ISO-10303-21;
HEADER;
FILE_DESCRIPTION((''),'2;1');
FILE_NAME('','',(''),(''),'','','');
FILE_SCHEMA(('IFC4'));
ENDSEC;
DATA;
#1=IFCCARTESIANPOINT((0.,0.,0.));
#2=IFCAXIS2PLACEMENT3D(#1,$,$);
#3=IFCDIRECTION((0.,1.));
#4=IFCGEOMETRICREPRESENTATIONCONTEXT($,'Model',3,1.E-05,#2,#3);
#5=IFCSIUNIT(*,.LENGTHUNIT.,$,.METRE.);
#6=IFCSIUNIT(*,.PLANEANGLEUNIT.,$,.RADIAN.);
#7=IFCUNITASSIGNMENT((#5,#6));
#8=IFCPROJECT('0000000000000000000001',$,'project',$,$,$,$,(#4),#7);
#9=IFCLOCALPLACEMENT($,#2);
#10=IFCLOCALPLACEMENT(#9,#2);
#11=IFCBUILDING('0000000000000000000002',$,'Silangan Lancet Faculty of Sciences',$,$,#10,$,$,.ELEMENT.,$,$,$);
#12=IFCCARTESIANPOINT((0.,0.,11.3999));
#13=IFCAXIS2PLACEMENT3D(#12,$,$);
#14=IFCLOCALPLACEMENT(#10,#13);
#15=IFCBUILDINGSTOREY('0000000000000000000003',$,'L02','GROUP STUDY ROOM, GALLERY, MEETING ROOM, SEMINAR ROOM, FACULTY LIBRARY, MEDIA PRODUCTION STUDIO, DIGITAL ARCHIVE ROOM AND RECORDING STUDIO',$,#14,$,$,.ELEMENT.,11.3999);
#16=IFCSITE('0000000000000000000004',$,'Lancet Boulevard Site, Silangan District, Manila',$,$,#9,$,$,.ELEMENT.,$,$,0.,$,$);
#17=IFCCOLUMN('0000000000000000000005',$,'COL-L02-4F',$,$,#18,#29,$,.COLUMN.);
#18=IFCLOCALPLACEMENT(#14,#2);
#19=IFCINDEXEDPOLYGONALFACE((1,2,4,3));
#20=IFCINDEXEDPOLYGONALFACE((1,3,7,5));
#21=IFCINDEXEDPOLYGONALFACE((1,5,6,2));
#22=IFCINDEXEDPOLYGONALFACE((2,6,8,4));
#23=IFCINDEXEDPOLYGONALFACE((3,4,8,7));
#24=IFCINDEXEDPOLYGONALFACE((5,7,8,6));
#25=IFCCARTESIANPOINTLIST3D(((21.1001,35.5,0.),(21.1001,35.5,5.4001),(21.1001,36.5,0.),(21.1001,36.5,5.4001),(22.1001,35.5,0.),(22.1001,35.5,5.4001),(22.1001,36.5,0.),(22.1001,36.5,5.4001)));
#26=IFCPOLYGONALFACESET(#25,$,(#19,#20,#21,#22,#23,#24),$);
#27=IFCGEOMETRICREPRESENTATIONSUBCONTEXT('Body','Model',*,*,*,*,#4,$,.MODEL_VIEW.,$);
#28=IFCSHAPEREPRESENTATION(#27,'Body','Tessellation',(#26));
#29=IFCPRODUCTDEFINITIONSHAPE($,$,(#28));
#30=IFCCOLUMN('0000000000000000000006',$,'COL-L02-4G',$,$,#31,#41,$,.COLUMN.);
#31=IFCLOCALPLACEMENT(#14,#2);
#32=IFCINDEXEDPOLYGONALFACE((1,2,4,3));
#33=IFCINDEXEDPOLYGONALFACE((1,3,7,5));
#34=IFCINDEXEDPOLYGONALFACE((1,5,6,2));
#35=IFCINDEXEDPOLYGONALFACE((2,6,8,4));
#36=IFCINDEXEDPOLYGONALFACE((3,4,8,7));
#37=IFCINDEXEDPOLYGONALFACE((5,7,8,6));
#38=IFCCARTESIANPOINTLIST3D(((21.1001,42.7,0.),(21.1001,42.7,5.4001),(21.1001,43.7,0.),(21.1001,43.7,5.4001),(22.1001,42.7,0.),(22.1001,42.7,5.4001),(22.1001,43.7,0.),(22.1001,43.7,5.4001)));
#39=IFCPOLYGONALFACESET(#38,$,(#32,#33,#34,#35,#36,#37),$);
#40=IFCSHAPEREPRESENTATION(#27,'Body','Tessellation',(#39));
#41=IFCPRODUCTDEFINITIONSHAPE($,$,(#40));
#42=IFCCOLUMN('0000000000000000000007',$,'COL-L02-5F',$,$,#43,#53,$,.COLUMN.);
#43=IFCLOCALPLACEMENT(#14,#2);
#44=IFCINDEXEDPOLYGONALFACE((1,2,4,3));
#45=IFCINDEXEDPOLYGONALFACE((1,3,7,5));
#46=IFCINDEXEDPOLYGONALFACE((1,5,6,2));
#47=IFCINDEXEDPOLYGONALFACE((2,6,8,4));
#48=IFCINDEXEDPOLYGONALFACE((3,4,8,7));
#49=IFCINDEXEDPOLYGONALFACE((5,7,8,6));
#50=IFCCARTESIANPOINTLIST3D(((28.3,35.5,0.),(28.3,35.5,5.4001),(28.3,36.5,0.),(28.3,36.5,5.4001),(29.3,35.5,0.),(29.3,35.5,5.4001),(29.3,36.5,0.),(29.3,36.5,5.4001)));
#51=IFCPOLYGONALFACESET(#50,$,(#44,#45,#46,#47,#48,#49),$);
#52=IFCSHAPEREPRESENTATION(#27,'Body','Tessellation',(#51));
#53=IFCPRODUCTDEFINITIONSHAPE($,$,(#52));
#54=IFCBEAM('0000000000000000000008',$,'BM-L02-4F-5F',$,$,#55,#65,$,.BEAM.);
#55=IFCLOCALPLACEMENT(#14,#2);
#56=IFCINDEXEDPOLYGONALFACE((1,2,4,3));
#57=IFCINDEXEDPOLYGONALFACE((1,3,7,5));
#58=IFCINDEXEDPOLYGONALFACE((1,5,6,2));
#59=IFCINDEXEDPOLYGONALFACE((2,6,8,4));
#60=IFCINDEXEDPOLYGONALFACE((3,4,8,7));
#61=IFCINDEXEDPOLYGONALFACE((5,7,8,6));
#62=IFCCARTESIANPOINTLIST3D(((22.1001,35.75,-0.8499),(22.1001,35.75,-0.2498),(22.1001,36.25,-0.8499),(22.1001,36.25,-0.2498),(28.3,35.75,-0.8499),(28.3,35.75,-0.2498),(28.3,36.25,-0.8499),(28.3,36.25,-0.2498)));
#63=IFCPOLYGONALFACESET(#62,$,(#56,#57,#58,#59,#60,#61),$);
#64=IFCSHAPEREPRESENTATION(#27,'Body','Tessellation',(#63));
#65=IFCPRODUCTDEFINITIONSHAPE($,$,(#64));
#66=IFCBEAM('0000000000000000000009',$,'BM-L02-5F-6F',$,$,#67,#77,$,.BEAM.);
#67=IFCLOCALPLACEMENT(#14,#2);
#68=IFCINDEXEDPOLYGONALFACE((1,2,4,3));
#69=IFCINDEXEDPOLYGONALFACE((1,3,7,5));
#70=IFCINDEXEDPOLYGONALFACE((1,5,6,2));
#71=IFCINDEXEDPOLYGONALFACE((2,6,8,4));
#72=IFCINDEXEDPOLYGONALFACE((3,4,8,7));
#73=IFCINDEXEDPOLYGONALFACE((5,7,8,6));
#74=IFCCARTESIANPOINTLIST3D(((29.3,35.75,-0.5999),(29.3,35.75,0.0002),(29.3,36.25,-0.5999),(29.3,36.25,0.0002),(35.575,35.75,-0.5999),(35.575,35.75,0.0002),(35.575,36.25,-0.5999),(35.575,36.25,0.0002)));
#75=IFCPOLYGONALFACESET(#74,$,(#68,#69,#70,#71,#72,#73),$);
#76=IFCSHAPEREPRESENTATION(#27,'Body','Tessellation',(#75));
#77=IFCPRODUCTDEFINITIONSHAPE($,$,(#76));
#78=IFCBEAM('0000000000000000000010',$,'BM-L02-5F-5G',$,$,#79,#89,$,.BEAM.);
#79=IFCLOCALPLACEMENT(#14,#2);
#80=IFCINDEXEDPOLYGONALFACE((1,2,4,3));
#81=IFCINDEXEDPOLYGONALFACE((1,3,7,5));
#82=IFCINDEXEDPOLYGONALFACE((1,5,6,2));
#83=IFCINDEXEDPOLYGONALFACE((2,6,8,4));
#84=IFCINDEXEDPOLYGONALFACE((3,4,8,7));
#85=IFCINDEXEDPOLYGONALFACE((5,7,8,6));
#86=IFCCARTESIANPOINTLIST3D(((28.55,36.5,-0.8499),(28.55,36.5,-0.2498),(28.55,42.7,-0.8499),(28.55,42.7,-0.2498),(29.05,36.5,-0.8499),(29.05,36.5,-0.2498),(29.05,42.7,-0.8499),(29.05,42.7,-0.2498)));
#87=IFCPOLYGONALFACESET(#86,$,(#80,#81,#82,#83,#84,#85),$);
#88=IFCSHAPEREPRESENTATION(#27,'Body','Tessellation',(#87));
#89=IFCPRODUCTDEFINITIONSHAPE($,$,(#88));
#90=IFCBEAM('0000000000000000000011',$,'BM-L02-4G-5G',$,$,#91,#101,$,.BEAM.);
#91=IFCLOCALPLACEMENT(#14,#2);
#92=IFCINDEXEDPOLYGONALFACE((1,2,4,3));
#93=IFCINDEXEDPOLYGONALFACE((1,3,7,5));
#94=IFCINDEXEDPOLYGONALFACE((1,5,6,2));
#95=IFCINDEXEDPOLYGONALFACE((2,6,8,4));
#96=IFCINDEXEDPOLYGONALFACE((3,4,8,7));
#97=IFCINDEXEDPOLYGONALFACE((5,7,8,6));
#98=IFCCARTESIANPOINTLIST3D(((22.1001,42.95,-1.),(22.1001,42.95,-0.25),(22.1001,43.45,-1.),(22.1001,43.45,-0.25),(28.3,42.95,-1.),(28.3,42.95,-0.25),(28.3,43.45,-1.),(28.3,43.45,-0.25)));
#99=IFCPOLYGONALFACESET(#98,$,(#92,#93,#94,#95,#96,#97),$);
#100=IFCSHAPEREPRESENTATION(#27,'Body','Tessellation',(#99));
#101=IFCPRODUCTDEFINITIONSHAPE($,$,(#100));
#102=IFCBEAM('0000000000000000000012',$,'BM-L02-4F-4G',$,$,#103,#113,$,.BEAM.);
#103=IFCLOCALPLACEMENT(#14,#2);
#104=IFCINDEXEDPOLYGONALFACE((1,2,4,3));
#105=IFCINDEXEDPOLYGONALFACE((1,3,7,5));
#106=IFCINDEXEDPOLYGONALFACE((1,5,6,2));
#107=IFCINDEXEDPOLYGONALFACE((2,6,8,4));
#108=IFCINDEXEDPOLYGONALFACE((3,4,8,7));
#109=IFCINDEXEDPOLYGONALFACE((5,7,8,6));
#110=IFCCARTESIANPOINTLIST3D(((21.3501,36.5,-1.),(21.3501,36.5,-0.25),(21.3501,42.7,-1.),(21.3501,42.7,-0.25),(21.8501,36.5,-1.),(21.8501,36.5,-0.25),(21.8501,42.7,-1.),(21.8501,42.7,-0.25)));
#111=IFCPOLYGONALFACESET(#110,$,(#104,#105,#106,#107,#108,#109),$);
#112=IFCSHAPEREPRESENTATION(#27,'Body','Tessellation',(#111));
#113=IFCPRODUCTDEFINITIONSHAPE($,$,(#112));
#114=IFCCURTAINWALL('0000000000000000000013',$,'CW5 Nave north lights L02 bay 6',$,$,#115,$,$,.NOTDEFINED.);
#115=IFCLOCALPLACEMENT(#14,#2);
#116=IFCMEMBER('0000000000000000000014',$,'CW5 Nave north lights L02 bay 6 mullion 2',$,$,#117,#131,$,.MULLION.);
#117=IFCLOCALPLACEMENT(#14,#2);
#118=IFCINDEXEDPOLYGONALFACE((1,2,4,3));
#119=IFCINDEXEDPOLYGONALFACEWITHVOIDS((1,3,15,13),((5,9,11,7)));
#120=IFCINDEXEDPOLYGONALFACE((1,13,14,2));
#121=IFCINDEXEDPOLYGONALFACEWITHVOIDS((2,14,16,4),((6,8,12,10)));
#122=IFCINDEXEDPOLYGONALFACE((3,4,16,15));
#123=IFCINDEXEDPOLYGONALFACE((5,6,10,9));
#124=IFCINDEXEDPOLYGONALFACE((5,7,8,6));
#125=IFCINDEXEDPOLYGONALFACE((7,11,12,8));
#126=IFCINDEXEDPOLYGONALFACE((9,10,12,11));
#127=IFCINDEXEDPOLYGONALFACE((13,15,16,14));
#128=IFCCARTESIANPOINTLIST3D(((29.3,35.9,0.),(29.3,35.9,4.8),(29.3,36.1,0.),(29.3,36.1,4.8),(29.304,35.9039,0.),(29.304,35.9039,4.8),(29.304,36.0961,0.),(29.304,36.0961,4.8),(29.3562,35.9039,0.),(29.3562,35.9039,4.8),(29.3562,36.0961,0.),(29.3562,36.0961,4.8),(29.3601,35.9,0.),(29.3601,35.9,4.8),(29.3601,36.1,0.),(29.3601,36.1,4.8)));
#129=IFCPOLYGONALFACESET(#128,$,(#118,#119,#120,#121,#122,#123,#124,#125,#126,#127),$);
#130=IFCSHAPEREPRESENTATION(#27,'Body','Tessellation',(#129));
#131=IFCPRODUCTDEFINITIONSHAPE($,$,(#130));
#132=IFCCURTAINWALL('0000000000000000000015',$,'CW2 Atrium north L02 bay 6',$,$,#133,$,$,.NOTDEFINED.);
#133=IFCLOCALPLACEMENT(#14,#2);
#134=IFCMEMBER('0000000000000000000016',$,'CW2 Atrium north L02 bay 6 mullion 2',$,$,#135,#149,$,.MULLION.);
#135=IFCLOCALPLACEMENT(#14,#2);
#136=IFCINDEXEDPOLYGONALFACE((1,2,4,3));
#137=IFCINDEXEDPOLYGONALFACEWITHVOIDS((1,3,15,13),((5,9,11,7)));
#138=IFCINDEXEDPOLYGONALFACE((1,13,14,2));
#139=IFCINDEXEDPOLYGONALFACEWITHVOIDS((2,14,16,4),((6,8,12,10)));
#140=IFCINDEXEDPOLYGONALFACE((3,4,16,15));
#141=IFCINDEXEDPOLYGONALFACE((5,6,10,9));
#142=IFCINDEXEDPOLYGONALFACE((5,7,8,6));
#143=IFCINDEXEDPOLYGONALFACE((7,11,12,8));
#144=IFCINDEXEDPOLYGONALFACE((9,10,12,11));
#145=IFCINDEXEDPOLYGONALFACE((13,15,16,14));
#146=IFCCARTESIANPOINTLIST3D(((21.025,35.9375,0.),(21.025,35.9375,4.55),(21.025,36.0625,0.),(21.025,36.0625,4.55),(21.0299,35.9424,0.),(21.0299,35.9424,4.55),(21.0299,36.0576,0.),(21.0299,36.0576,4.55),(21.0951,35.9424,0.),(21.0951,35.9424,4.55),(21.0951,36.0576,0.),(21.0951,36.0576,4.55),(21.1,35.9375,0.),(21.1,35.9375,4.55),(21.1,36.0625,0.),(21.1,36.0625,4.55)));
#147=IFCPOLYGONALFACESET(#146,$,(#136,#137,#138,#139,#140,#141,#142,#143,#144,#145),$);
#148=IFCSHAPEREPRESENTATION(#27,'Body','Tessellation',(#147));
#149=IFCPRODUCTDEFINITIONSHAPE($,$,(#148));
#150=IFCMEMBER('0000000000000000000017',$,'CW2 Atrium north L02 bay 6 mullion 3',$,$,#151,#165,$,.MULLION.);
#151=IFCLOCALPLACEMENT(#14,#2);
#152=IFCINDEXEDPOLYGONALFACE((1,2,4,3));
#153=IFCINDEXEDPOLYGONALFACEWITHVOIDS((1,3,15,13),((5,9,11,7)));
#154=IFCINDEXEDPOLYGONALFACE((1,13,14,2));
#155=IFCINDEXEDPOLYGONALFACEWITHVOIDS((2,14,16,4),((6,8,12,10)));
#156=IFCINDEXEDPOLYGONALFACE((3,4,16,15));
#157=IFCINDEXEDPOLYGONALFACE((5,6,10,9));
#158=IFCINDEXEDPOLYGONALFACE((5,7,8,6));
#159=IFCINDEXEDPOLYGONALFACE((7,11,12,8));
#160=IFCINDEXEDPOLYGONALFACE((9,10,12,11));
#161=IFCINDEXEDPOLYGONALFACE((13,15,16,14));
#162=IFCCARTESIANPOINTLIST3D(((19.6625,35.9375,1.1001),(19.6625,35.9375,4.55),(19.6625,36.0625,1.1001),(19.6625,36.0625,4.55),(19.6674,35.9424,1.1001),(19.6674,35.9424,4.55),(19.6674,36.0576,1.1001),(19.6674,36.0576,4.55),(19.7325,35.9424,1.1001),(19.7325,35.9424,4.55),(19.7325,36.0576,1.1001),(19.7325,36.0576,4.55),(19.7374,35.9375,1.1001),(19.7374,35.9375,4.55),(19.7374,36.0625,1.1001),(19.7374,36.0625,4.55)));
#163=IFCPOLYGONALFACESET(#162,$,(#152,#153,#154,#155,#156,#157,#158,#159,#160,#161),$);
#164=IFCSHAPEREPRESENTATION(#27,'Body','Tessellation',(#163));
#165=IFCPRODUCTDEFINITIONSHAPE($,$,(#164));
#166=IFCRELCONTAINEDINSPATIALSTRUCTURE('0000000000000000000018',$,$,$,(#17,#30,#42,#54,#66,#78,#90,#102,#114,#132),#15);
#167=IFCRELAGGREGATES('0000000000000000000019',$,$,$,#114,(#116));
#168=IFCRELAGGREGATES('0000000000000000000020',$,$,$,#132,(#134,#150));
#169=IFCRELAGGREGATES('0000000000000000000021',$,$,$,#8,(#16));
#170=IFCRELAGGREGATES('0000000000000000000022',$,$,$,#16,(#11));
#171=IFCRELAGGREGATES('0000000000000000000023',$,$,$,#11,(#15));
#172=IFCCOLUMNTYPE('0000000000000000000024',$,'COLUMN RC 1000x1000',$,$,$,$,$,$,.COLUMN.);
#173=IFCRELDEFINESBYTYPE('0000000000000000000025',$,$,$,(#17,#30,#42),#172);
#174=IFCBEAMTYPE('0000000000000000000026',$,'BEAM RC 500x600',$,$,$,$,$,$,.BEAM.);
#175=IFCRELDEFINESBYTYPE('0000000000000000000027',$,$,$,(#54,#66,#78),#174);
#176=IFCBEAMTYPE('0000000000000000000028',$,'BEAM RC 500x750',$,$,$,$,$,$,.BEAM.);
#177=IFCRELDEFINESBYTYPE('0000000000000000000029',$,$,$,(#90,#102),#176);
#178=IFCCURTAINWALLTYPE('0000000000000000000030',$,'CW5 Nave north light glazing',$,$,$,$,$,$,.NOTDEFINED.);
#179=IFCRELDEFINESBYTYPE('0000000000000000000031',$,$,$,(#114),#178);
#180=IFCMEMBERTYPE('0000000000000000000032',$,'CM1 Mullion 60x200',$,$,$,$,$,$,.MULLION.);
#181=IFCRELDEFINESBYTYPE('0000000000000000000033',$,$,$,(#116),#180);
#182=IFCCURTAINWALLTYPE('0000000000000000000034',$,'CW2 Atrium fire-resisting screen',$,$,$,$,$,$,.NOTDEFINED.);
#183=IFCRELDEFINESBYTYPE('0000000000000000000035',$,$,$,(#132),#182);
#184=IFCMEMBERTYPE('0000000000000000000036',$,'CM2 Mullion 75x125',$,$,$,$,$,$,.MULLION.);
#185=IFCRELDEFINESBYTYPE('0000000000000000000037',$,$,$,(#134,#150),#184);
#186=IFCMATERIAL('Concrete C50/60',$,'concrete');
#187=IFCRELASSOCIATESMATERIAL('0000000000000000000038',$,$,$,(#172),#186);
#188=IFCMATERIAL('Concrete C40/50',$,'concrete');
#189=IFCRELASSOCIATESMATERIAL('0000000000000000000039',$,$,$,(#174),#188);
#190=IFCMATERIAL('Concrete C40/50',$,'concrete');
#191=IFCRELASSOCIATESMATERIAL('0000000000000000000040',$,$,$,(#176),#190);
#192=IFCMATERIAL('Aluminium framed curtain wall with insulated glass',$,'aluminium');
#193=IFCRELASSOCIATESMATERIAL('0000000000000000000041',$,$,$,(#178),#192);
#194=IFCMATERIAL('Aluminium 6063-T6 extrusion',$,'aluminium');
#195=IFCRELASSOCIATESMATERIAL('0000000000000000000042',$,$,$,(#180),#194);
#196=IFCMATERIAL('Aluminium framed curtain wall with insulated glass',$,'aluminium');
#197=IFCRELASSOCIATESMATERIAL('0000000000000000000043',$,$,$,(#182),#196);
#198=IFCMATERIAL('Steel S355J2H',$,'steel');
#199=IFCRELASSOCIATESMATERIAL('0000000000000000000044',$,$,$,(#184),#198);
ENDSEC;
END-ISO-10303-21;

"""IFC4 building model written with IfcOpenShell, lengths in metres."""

from ifc_helpers import new_model, si_unit, direction, frame, origin, origin_2d, place, context, subcontext, project, spatial, rectangle, hollow_rectangle, extrude, material, material_profile, profile_set, type_object, element, aggregate, save


model = new_model("IFC4")

# Units and contexts
model_context = context("Model", 3, precision=1e-05, world=origin(), true_north=direction((0.0, 1.0)))
body_context = subcontext(model_context, "Body", "Model", "MODEL_VIEW")
ifc_project = project(units=[si_unit("LENGTHUNIT", "METRE"), si_unit("PLANEANGLEUNIT", "RADIAN")], contexts=[model_context])

# Site, building, storey
site_placement = place(None, origin())
site = spatial("IfcSite", under=ifc_project, at=site_placement, Name="Lancet Boulevard Site, Silangan District, Manila", CompositionType="ELEMENT", RefElevation=0.0)
building_placement = place(site_placement, origin())
building = spatial("IfcBuilding", under=site, at=building_placement, Name="Silangan Lancet Faculty of Sciences", CompositionType="ELEMENT")
storey_placement = place(building_placement, frame((0.0, 0.0, 11.3999)))
storey = spatial("IfcBuildingStorey", under=building, at=storey_placement, Name="L02", Description="GROUP STUDY ROOM, GALLERY, MEETING ROOM, SEMINAR ROOM, FACULTY LIBRARY, MEDIA PRODUCTION STUDIO, DIGITAL ARCHIVE ROOM AND RECORDING STUDIO", CompositionType="ELEMENT", Elevation=11.3999)

# Columns
ifc_material_1 = material(Name="Concrete C50/60", Category="concrete")
ifc_material_profile_1 = material_profile(ifc_material_1, rectangle(XDim=1.0, YDim=1.0, at=origin_2d()), Name="RC 1000x1000")
ifc_profile_set_1 = profile_set([ifc_material_profile_1], Name="Concrete C50/60")
column_type = type_object("IfcColumnType", Name="COLUMN RC 1000x1000", PredefinedType="COLUMN", material=ifc_profile_set_1)
for number, where, z_axis, x_axis, name in (
    (1, (21.6001, 36.0, 0.0), (0.0, 0.0, 1.0), (1.0, 0.0, 0.0), "COL-L02-4F"),
    (2, (21.6001, 43.2, 0.0), (0.0, 0.0, 1.0), (1.0, 0.0, 0.0), "COL-L02-4G"),
    (3, (28.8, 36.0, 0.0), (0.0, 0.0, 1.0), (1.0, 0.0, 0.0), "COL-L02-5F"),
):
    element("IfcColumn", number, at=place(storey_placement, frame(where, z_axis=z_axis, x_axis=x_axis)), inside=storey, type_object=column_type, Name=name, PredefinedType="COLUMN", context=body_context, shape_type="SweptSolid", body=[
        extrude(rectangle(XDim=1.0, YDim=1.0, at=origin_2d()), origin(), (0.0, 0.0, 1.0), 5.4001),
    ])

# Beams
ifc_material_2 = material(Name="Concrete C40/50", Category="concrete")
ifc_material_profile_2 = material_profile(ifc_material_2, rectangle(XDim=0.5, YDim=0.6001, at=origin_2d()), Name="RC 500x600")
ifc_profile_set_2 = profile_set([ifc_material_profile_2], Name="Concrete C40/50")
beam_type_1 = type_object("IfcBeamType", Name="BEAM RC 500x600", PredefinedType="BEAM", material=ifc_profile_set_2)
beam_1_placement = place(storey_placement, frame((22.1001, 36.0, -0.5498), z_axis=(1.0, 0.0, 0.0), x_axis=(0.0, 1.0, 0.0)))
element("IfcBeam", 4, at=beam_1_placement, inside=storey, type_object=beam_type_1, Name="BM-L02-4F-5F", PredefinedType="BEAM", context=body_context, shape_type="SweptSolid", body=[
    extrude(rectangle(XDim=0.5, YDim=0.6001, at=origin_2d()), origin(), (0.0, 0.0, 1.0), 6.2),
])
beam_2_placement = place(storey_placement, frame((29.3, 36.0, -0.2998), z_axis=(1.0, 0.0, 0.0), x_axis=(0.0, 1.0, 0.0)))
element("IfcBeam", 5, at=beam_2_placement, inside=storey, type_object=beam_type_1, Name="BM-L02-5F-6F", PredefinedType="BEAM", context=body_context, shape_type="SweptSolid", body=[
    extrude(rectangle(XDim=0.5, YDim=0.6001, at=origin_2d()), origin(), (0.0, 0.0, 1.0), 6.2749),
])
beam_3_placement = place(storey_placement, frame((28.8, 36.5, -0.5498), z_axis=(0.0, 1.0, 0.0), x_axis=(-1.0, 0.0, 0.0)))
element("IfcBeam", 6, at=beam_3_placement, inside=storey, type_object=beam_type_1, Name="BM-L02-5F-5G", PredefinedType="BEAM", context=body_context, shape_type="SweptSolid", body=[
    extrude(rectangle(XDim=0.5, YDim=0.6001, at=origin_2d()), origin(), (0.0, 0.0, 1.0), 6.2),
])
ifc_material_3 = material(Name="Concrete C40/50", Category="concrete")
ifc_material_profile_3 = material_profile(ifc_material_3, rectangle(XDim=0.5, YDim=0.75, at=origin_2d()), Name="RC 500x750")
ifc_profile_set_3 = profile_set([ifc_material_profile_3], Name="Concrete C40/50")
beam_type_2 = type_object("IfcBeamType", Name="BEAM RC 500x750", PredefinedType="BEAM", material=ifc_profile_set_3)
for number, where, z_axis, x_axis, name in (
    (7, (22.1001, 43.2, -0.625), (1.0, 0.0, 0.0), (0.0, 1.0, 0.0), "BM-L02-4G-5G"),
    (8, (21.6001, 36.5, -0.625), (0.0, 1.0, 0.0), (-1.0, 0.0, 0.0), "BM-L02-4F-4G"),
):
    element("IfcBeam", number, at=place(storey_placement, frame(where, z_axis=z_axis, x_axis=x_axis)), inside=storey, type_object=beam_type_2, Name=name, PredefinedType="BEAM", context=body_context, shape_type="SweptSolid", body=[
        extrude(rectangle(XDim=0.5, YDim=0.75, at=origin_2d()), origin(), (0.0, 0.0, 1.0), 6.2),
    ])

# Curtain wall, member
ifc_material_4 = material(Name="Aluminium framed curtain wall with insulated glass", Category="aluminium")
curtain_wall_type_1 = type_object("IfcCurtainWallType", Name="CW5 Nave north light glazing", PredefinedType="NOTDEFINED", material=ifc_material_4)
curtain_wall_1_placement = place(storey_placement, origin())
curtain_wall_1 = element("IfcCurtainWall", 9, at=curtain_wall_1_placement, inside=storey, type_object=curtain_wall_type_1, Name="CW5 Nave north lights L02 bay 6", PredefinedType="NOTDEFINED")
ifc_material_5 = material(Name="Aluminium 6063-T6 extrusion", Category="aluminium")
ifc_material_profile_4 = material_profile(ifc_material_5, hollow_rectangle(XDim=0.0601, YDim=0.2, WallThickness=0.0039, at=origin_2d()), Name="AL BOX 60x200x4")
ifc_profile_set_4 = profile_set([ifc_material_profile_4], Name="Aluminium 6063-T6 extrusion")
member_type_1 = type_object("IfcMemberType", Name="CM1 Mullion 60x200", PredefinedType="MULLION", material=ifc_profile_set_4)
member_1_placement = place(storey_placement, frame((29.3301, 36.0, 0.0), z_axis=(0.0, 0.0, 1.0), x_axis=(-1.0, 0.0, 0.0)))
member_1 = element("IfcMember", 10, at=member_1_placement, type_object=member_type_1, Name="CW5 Nave north lights L02 bay 6 mullion 2", PredefinedType="MULLION", context=body_context, shape_type="SweptSolid", body=[
    extrude(hollow_rectangle(XDim=0.0601, YDim=0.2, WallThickness=0.0039, at=origin_2d()), origin(), (0.0, 0.0, 1.0), 4.8),
])
aggregate(curtain_wall_1, [member_1])

# Curtain wall, members
ifc_material_6 = material(Name="Aluminium framed curtain wall with insulated glass", Category="aluminium")
curtain_wall_type_2 = type_object("IfcCurtainWallType", Name="CW2 Atrium fire-resisting screen", PredefinedType="NOTDEFINED", material=ifc_material_6)
curtain_wall_2_placement = place(storey_placement, origin())
curtain_wall_2 = element("IfcCurtainWall", 11, at=curtain_wall_2_placement, inside=storey, type_object=curtain_wall_type_2, Name="CW2 Atrium north L02 bay 6", PredefinedType="NOTDEFINED")
ifc_material_7 = material(Name="Steel S355J2H", Category="steel")
ifc_material_profile_5 = material_profile(ifc_material_7, hollow_rectangle(XDim=0.075, YDim=0.125, WallThickness=0.0049, at=origin_2d()), Name="ST BOX 75x125x5")
ifc_profile_set_5 = profile_set([ifc_material_profile_5], Name="Steel S355J2H")
member_type_2 = type_object("IfcMemberType", Name="CM2 Mullion 75x125", PredefinedType="MULLION", material=ifc_profile_set_5)
member_2_placement = place(storey_placement, frame((21.0625, 36.0, 0.0), z_axis=(0.0, 0.0, 1.0), x_axis=(1.0, 0.0, 0.0)))
member_2 = element("IfcMember", 12, at=member_2_placement, type_object=member_type_2, Name="CW2 Atrium north L02 bay 6 mullion 2", PredefinedType="MULLION", context=body_context, shape_type="SweptSolid", body=[
    extrude(hollow_rectangle(XDim=0.075, YDim=0.125, WallThickness=0.0049, at=origin_2d()), origin(), (0.0, 0.0, 1.0), 4.55),
])
member_3_placement = place(storey_placement, frame((19.7, 36.0, 1.1001), z_axis=(0.0, 0.0, 1.0), x_axis=(1.0, 0.0, 0.0)))
member_3 = element("IfcMember", 13, at=member_3_placement, type_object=member_type_2, Name="CW2 Atrium north L02 bay 6 mullion 3", PredefinedType="MULLION", context=body_context, shape_type="SweptSolid", body=[
    extrude(hollow_rectangle(XDim=0.075, YDim=0.125, WallThickness=0.0049, at=origin_2d()), origin(), (0.0, 0.0, 1.0), 3.45),
])

aggregate(curtain_wall_2, [member_2, member_3])

save(model, "model.ifc")
